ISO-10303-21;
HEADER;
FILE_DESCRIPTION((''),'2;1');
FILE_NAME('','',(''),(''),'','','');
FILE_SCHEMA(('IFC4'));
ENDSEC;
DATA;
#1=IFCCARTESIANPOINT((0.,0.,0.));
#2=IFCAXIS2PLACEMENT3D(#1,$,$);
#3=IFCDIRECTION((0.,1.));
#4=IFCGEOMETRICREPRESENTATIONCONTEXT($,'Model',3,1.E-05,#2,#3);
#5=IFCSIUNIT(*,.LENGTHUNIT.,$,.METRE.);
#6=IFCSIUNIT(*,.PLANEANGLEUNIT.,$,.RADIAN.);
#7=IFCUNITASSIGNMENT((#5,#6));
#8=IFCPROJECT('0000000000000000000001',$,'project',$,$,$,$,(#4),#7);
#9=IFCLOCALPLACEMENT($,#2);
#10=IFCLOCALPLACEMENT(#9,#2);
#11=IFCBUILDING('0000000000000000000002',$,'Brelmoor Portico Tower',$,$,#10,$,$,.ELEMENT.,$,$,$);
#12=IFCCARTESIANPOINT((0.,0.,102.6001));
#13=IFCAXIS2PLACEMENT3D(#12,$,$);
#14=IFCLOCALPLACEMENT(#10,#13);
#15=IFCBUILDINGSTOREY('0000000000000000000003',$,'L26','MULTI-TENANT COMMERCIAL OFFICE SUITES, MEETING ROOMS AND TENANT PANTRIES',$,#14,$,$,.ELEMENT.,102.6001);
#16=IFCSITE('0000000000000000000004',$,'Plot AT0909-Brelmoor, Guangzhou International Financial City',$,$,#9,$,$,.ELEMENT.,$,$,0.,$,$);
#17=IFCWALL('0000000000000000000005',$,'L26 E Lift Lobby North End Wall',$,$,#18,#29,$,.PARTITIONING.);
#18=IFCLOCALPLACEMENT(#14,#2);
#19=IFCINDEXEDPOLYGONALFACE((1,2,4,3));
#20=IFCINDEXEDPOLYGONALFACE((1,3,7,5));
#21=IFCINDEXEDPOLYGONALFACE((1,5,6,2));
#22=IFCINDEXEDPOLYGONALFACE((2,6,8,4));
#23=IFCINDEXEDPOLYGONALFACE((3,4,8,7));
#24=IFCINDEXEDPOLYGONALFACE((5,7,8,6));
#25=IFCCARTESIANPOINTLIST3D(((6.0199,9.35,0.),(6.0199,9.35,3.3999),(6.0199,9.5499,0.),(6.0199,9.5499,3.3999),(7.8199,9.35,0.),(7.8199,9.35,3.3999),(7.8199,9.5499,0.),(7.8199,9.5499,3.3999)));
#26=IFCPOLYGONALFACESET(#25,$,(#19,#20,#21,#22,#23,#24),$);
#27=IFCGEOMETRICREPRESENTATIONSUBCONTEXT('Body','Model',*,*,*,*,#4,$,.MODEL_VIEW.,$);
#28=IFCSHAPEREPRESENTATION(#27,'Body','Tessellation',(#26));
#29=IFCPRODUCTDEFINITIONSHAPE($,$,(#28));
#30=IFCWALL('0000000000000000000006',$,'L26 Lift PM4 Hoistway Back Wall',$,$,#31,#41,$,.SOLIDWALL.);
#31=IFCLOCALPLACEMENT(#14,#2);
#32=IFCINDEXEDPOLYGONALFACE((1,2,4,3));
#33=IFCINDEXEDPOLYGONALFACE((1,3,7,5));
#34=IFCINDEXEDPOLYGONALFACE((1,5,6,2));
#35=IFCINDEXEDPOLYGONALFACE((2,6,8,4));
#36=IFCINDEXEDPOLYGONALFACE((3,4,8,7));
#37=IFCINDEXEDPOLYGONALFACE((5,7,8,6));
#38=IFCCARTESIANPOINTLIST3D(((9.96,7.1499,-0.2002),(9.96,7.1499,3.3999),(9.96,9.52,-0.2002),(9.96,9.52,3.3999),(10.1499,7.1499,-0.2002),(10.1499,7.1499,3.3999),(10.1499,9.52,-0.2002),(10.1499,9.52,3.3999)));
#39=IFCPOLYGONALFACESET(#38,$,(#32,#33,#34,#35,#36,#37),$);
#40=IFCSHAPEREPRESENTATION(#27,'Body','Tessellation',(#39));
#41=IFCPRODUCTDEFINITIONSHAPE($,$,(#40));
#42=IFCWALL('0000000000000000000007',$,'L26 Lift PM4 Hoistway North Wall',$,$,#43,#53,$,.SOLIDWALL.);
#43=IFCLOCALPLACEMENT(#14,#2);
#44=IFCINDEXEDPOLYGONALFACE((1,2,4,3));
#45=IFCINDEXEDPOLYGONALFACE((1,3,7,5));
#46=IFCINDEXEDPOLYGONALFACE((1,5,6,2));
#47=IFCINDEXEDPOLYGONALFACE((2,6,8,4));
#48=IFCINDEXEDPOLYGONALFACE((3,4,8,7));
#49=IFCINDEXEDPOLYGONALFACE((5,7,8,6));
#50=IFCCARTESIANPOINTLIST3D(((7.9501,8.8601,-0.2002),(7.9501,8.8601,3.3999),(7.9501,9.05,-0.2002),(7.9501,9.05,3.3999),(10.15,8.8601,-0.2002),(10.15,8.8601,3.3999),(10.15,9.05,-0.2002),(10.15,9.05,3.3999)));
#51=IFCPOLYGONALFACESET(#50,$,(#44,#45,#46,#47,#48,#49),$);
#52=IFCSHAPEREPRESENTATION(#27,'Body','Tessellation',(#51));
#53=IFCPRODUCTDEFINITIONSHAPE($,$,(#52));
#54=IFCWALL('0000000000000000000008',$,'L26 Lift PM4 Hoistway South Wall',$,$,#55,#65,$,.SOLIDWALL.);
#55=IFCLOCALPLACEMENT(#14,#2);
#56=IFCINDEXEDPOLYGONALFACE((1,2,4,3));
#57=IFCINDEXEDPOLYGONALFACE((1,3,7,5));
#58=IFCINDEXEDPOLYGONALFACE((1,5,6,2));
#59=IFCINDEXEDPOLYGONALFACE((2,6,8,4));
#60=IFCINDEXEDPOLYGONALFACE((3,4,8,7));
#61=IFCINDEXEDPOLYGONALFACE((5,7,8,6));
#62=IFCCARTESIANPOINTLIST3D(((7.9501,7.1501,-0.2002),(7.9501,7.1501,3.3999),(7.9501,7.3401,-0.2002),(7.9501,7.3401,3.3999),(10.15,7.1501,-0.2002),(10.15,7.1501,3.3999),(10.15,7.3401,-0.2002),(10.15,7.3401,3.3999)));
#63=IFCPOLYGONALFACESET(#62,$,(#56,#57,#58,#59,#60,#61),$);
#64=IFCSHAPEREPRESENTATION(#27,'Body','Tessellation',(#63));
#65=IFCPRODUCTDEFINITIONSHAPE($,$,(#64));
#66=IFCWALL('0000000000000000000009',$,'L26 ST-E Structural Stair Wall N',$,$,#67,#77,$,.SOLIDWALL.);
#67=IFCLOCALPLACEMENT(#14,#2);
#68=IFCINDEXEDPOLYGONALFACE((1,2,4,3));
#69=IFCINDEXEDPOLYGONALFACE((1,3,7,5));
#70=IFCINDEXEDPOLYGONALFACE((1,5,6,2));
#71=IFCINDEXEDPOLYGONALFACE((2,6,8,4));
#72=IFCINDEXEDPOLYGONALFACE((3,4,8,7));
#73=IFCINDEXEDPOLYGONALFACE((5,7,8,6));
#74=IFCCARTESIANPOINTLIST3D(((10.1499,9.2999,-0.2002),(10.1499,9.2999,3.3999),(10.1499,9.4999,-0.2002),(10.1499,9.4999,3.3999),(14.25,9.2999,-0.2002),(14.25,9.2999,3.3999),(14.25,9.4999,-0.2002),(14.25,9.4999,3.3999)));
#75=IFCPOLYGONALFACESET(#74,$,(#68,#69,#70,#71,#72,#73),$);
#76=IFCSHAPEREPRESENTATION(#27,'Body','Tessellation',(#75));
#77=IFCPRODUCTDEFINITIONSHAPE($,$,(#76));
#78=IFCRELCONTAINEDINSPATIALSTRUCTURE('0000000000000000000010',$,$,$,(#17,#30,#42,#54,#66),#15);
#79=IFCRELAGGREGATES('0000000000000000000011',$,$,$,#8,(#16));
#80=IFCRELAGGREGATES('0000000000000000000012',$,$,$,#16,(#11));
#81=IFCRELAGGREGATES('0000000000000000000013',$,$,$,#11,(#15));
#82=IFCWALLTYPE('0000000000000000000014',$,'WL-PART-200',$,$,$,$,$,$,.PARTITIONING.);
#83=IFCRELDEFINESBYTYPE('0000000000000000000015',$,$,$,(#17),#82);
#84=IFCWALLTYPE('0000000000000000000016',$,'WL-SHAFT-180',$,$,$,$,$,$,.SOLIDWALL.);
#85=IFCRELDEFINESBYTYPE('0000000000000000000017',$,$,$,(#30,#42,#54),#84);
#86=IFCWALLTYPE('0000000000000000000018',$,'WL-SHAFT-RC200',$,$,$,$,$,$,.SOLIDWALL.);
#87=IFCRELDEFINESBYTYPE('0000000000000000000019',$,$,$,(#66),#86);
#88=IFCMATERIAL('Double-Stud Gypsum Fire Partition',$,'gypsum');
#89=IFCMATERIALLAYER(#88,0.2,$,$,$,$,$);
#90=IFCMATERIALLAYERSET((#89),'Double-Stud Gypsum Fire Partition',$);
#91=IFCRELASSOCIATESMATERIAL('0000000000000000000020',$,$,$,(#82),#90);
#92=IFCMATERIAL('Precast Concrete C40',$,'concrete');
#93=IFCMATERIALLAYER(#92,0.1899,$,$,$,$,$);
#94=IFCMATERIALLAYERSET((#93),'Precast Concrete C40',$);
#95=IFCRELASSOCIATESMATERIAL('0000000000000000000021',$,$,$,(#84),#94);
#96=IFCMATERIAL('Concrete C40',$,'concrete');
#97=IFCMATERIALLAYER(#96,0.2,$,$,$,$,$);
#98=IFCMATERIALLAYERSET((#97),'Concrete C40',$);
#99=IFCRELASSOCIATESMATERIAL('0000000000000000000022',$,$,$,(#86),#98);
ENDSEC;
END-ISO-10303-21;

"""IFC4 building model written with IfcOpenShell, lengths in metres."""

from ifc_helpers import new_model, si_unit, direction, frame, frame_2d, origin, place, context, subcontext, project, spatial, rectangle, extrude, material, layer, layer_set, type_object, element, save


model = new_model("IFC4")

# Units and contexts
model_context = context("Model", 3, precision=1e-05, world=origin(), true_north=direction((0.0, 1.0)))
body_context = subcontext(model_context, "Body", "Model", "MODEL_VIEW")
ifc_project = project(units=[si_unit("LENGTHUNIT", "METRE"), si_unit("PLANEANGLEUNIT", "RADIAN")], contexts=[model_context])

# Site, building, storey
site_placement = place(None, origin())
site = spatial("IfcSite", under=ifc_project, at=site_placement, Name="Plot AT0909-Brelmoor, Guangzhou International Financial City", CompositionType="ELEMENT", RefElevation=0.0)
building_placement = place(site_placement, origin())
building = spatial("IfcBuilding", under=site, at=building_placement, Name="Brelmoor Portico Tower", CompositionType="ELEMENT")
storey_placement = place(building_placement, frame((0.0, 0.0, 102.6001)))
storey = spatial("IfcBuildingStorey", under=building, at=storey_placement, Name="L26", Description="MULTI-TENANT COMMERCIAL OFFICE SUITES, MEETING ROOMS AND TENANT PANTRIES", CompositionType="ELEMENT", Elevation=102.6001)

# Walls
ifc_material_1 = material(Name="Double-Stud Gypsum Fire Partition", Category="gypsum")
ifc_layer_1 = layer(ifc_material_1, 0.2)
ifc_layer_set_1 = layer_set([ifc_layer_1], Name="Double-Stud Gypsum Fire Partition")
wall_type_1 = type_object("IfcWallType", Name="WL-PART-200", PredefinedType="PARTITIONING", material=ifc_layer_set_1)
wall_1_placement = place(storey_placement, frame((6.02, 9.45, 0.0), z_axis=(0.0, 0.0, 1.0), x_axis=(1.0, 0.0, 0.0)))
element("IfcWall", 1, at=wall_1_placement, inside=storey, type_object=wall_type_1, Name="L26 E Lift Lobby North End Wall", PredefinedType="PARTITIONING", context=body_context, shape_type="SweptSolid", body=[
    extrude(rectangle(XDim=1.8, YDim=0.2, at=frame_2d((0.8999, 0.0))), origin(), (0.0, 0.0, 1.0), 3.3999),
])
ifc_material_2 = material(Name="Precast Concrete C40", Category="concrete")
ifc_layer_2 = layer(ifc_material_2, 0.1899)
ifc_layer_set_2 = layer_set([ifc_layer_2], Name="Precast Concrete C40")
wall_type_2 = type_object("IfcWallType", Name="WL-SHAFT-180", PredefinedType="SOLIDWALL", material=ifc_layer_set_2)
wall_2_placement = place(storey_placement, frame((10.0549, 7.1499, -0.2002), z_axis=(0.0, 0.0, 1.0), x_axis=(0.0, 1.0, 0.0)))
element("IfcWall", 2, at=wall_2_placement, inside=storey, type_object=wall_type_2, Name="L26 Lift PM4 Hoistway Back Wall", PredefinedType="SOLIDWALL", context=body_context, shape_type="SweptSolid", body=[
    extrude(rectangle(XDim=2.3701, YDim=0.1899, at=frame_2d((1.1851, 0.0))), origin(), (0.0, 0.0, 1.0), 3.6001),
])
for number, where, z_axis, x_axis, name in (
    (3, (7.95, 8.9551, -0.2002), (0.0, 0.0, 1.0), (1.0, 0.0, 0.0), "L26 Lift PM4 Hoistway North Wall"),
    (4, (7.95, 7.2451, -0.2002), (0.0, 0.0, 1.0), (1.0, 0.0, 0.0), "L26 Lift PM4 Hoistway South Wall"),
):
    element("IfcWall", number, at=place(storey_placement, frame(where, z_axis=z_axis, x_axis=x_axis)), inside=storey, type_object=wall_type_2, Name=name, PredefinedType="SOLIDWALL", context=body_context, shape_type="SweptSolid", body=[
        extrude(rectangle(XDim=2.2, YDim=0.1899, at=frame_2d((1.1001, 0.0))), origin(), (0.0, 0.0, 1.0), 3.6001),
    ])
ifc_material_3 = material(Name="Concrete C40", Category="concrete")
ifc_layer_3 = layer(ifc_material_3, 0.2)
ifc_layer_set_3 = layer_set([ifc_layer_3], Name="Concrete C40")
wall_type_3 = type_object("IfcWallType", Name="WL-SHAFT-RC200", PredefinedType="SOLIDWALL", material=ifc_layer_set_3)
wall_3_placement = place(storey_placement, frame((10.1499, 9.3999, -0.2002), z_axis=(0.0, 0.0, 1.0), x_axis=(1.0, 0.0, 0.0)))
element("IfcWall", 5, at=wall_3_placement, inside=storey, type_object=wall_type_3, Name="L26 ST-E Structural Stair Wall N", PredefinedType="SOLIDWALL", context=body_context, shape_type="SweptSolid", body=[
    extrude(rectangle(XDim=4.1001, YDim=0.2, at=frame_2d((2.05, 0.0))), origin(), (0.0, 0.0, 1.0), 3.6001),
])

save(model, "model.ifc")
